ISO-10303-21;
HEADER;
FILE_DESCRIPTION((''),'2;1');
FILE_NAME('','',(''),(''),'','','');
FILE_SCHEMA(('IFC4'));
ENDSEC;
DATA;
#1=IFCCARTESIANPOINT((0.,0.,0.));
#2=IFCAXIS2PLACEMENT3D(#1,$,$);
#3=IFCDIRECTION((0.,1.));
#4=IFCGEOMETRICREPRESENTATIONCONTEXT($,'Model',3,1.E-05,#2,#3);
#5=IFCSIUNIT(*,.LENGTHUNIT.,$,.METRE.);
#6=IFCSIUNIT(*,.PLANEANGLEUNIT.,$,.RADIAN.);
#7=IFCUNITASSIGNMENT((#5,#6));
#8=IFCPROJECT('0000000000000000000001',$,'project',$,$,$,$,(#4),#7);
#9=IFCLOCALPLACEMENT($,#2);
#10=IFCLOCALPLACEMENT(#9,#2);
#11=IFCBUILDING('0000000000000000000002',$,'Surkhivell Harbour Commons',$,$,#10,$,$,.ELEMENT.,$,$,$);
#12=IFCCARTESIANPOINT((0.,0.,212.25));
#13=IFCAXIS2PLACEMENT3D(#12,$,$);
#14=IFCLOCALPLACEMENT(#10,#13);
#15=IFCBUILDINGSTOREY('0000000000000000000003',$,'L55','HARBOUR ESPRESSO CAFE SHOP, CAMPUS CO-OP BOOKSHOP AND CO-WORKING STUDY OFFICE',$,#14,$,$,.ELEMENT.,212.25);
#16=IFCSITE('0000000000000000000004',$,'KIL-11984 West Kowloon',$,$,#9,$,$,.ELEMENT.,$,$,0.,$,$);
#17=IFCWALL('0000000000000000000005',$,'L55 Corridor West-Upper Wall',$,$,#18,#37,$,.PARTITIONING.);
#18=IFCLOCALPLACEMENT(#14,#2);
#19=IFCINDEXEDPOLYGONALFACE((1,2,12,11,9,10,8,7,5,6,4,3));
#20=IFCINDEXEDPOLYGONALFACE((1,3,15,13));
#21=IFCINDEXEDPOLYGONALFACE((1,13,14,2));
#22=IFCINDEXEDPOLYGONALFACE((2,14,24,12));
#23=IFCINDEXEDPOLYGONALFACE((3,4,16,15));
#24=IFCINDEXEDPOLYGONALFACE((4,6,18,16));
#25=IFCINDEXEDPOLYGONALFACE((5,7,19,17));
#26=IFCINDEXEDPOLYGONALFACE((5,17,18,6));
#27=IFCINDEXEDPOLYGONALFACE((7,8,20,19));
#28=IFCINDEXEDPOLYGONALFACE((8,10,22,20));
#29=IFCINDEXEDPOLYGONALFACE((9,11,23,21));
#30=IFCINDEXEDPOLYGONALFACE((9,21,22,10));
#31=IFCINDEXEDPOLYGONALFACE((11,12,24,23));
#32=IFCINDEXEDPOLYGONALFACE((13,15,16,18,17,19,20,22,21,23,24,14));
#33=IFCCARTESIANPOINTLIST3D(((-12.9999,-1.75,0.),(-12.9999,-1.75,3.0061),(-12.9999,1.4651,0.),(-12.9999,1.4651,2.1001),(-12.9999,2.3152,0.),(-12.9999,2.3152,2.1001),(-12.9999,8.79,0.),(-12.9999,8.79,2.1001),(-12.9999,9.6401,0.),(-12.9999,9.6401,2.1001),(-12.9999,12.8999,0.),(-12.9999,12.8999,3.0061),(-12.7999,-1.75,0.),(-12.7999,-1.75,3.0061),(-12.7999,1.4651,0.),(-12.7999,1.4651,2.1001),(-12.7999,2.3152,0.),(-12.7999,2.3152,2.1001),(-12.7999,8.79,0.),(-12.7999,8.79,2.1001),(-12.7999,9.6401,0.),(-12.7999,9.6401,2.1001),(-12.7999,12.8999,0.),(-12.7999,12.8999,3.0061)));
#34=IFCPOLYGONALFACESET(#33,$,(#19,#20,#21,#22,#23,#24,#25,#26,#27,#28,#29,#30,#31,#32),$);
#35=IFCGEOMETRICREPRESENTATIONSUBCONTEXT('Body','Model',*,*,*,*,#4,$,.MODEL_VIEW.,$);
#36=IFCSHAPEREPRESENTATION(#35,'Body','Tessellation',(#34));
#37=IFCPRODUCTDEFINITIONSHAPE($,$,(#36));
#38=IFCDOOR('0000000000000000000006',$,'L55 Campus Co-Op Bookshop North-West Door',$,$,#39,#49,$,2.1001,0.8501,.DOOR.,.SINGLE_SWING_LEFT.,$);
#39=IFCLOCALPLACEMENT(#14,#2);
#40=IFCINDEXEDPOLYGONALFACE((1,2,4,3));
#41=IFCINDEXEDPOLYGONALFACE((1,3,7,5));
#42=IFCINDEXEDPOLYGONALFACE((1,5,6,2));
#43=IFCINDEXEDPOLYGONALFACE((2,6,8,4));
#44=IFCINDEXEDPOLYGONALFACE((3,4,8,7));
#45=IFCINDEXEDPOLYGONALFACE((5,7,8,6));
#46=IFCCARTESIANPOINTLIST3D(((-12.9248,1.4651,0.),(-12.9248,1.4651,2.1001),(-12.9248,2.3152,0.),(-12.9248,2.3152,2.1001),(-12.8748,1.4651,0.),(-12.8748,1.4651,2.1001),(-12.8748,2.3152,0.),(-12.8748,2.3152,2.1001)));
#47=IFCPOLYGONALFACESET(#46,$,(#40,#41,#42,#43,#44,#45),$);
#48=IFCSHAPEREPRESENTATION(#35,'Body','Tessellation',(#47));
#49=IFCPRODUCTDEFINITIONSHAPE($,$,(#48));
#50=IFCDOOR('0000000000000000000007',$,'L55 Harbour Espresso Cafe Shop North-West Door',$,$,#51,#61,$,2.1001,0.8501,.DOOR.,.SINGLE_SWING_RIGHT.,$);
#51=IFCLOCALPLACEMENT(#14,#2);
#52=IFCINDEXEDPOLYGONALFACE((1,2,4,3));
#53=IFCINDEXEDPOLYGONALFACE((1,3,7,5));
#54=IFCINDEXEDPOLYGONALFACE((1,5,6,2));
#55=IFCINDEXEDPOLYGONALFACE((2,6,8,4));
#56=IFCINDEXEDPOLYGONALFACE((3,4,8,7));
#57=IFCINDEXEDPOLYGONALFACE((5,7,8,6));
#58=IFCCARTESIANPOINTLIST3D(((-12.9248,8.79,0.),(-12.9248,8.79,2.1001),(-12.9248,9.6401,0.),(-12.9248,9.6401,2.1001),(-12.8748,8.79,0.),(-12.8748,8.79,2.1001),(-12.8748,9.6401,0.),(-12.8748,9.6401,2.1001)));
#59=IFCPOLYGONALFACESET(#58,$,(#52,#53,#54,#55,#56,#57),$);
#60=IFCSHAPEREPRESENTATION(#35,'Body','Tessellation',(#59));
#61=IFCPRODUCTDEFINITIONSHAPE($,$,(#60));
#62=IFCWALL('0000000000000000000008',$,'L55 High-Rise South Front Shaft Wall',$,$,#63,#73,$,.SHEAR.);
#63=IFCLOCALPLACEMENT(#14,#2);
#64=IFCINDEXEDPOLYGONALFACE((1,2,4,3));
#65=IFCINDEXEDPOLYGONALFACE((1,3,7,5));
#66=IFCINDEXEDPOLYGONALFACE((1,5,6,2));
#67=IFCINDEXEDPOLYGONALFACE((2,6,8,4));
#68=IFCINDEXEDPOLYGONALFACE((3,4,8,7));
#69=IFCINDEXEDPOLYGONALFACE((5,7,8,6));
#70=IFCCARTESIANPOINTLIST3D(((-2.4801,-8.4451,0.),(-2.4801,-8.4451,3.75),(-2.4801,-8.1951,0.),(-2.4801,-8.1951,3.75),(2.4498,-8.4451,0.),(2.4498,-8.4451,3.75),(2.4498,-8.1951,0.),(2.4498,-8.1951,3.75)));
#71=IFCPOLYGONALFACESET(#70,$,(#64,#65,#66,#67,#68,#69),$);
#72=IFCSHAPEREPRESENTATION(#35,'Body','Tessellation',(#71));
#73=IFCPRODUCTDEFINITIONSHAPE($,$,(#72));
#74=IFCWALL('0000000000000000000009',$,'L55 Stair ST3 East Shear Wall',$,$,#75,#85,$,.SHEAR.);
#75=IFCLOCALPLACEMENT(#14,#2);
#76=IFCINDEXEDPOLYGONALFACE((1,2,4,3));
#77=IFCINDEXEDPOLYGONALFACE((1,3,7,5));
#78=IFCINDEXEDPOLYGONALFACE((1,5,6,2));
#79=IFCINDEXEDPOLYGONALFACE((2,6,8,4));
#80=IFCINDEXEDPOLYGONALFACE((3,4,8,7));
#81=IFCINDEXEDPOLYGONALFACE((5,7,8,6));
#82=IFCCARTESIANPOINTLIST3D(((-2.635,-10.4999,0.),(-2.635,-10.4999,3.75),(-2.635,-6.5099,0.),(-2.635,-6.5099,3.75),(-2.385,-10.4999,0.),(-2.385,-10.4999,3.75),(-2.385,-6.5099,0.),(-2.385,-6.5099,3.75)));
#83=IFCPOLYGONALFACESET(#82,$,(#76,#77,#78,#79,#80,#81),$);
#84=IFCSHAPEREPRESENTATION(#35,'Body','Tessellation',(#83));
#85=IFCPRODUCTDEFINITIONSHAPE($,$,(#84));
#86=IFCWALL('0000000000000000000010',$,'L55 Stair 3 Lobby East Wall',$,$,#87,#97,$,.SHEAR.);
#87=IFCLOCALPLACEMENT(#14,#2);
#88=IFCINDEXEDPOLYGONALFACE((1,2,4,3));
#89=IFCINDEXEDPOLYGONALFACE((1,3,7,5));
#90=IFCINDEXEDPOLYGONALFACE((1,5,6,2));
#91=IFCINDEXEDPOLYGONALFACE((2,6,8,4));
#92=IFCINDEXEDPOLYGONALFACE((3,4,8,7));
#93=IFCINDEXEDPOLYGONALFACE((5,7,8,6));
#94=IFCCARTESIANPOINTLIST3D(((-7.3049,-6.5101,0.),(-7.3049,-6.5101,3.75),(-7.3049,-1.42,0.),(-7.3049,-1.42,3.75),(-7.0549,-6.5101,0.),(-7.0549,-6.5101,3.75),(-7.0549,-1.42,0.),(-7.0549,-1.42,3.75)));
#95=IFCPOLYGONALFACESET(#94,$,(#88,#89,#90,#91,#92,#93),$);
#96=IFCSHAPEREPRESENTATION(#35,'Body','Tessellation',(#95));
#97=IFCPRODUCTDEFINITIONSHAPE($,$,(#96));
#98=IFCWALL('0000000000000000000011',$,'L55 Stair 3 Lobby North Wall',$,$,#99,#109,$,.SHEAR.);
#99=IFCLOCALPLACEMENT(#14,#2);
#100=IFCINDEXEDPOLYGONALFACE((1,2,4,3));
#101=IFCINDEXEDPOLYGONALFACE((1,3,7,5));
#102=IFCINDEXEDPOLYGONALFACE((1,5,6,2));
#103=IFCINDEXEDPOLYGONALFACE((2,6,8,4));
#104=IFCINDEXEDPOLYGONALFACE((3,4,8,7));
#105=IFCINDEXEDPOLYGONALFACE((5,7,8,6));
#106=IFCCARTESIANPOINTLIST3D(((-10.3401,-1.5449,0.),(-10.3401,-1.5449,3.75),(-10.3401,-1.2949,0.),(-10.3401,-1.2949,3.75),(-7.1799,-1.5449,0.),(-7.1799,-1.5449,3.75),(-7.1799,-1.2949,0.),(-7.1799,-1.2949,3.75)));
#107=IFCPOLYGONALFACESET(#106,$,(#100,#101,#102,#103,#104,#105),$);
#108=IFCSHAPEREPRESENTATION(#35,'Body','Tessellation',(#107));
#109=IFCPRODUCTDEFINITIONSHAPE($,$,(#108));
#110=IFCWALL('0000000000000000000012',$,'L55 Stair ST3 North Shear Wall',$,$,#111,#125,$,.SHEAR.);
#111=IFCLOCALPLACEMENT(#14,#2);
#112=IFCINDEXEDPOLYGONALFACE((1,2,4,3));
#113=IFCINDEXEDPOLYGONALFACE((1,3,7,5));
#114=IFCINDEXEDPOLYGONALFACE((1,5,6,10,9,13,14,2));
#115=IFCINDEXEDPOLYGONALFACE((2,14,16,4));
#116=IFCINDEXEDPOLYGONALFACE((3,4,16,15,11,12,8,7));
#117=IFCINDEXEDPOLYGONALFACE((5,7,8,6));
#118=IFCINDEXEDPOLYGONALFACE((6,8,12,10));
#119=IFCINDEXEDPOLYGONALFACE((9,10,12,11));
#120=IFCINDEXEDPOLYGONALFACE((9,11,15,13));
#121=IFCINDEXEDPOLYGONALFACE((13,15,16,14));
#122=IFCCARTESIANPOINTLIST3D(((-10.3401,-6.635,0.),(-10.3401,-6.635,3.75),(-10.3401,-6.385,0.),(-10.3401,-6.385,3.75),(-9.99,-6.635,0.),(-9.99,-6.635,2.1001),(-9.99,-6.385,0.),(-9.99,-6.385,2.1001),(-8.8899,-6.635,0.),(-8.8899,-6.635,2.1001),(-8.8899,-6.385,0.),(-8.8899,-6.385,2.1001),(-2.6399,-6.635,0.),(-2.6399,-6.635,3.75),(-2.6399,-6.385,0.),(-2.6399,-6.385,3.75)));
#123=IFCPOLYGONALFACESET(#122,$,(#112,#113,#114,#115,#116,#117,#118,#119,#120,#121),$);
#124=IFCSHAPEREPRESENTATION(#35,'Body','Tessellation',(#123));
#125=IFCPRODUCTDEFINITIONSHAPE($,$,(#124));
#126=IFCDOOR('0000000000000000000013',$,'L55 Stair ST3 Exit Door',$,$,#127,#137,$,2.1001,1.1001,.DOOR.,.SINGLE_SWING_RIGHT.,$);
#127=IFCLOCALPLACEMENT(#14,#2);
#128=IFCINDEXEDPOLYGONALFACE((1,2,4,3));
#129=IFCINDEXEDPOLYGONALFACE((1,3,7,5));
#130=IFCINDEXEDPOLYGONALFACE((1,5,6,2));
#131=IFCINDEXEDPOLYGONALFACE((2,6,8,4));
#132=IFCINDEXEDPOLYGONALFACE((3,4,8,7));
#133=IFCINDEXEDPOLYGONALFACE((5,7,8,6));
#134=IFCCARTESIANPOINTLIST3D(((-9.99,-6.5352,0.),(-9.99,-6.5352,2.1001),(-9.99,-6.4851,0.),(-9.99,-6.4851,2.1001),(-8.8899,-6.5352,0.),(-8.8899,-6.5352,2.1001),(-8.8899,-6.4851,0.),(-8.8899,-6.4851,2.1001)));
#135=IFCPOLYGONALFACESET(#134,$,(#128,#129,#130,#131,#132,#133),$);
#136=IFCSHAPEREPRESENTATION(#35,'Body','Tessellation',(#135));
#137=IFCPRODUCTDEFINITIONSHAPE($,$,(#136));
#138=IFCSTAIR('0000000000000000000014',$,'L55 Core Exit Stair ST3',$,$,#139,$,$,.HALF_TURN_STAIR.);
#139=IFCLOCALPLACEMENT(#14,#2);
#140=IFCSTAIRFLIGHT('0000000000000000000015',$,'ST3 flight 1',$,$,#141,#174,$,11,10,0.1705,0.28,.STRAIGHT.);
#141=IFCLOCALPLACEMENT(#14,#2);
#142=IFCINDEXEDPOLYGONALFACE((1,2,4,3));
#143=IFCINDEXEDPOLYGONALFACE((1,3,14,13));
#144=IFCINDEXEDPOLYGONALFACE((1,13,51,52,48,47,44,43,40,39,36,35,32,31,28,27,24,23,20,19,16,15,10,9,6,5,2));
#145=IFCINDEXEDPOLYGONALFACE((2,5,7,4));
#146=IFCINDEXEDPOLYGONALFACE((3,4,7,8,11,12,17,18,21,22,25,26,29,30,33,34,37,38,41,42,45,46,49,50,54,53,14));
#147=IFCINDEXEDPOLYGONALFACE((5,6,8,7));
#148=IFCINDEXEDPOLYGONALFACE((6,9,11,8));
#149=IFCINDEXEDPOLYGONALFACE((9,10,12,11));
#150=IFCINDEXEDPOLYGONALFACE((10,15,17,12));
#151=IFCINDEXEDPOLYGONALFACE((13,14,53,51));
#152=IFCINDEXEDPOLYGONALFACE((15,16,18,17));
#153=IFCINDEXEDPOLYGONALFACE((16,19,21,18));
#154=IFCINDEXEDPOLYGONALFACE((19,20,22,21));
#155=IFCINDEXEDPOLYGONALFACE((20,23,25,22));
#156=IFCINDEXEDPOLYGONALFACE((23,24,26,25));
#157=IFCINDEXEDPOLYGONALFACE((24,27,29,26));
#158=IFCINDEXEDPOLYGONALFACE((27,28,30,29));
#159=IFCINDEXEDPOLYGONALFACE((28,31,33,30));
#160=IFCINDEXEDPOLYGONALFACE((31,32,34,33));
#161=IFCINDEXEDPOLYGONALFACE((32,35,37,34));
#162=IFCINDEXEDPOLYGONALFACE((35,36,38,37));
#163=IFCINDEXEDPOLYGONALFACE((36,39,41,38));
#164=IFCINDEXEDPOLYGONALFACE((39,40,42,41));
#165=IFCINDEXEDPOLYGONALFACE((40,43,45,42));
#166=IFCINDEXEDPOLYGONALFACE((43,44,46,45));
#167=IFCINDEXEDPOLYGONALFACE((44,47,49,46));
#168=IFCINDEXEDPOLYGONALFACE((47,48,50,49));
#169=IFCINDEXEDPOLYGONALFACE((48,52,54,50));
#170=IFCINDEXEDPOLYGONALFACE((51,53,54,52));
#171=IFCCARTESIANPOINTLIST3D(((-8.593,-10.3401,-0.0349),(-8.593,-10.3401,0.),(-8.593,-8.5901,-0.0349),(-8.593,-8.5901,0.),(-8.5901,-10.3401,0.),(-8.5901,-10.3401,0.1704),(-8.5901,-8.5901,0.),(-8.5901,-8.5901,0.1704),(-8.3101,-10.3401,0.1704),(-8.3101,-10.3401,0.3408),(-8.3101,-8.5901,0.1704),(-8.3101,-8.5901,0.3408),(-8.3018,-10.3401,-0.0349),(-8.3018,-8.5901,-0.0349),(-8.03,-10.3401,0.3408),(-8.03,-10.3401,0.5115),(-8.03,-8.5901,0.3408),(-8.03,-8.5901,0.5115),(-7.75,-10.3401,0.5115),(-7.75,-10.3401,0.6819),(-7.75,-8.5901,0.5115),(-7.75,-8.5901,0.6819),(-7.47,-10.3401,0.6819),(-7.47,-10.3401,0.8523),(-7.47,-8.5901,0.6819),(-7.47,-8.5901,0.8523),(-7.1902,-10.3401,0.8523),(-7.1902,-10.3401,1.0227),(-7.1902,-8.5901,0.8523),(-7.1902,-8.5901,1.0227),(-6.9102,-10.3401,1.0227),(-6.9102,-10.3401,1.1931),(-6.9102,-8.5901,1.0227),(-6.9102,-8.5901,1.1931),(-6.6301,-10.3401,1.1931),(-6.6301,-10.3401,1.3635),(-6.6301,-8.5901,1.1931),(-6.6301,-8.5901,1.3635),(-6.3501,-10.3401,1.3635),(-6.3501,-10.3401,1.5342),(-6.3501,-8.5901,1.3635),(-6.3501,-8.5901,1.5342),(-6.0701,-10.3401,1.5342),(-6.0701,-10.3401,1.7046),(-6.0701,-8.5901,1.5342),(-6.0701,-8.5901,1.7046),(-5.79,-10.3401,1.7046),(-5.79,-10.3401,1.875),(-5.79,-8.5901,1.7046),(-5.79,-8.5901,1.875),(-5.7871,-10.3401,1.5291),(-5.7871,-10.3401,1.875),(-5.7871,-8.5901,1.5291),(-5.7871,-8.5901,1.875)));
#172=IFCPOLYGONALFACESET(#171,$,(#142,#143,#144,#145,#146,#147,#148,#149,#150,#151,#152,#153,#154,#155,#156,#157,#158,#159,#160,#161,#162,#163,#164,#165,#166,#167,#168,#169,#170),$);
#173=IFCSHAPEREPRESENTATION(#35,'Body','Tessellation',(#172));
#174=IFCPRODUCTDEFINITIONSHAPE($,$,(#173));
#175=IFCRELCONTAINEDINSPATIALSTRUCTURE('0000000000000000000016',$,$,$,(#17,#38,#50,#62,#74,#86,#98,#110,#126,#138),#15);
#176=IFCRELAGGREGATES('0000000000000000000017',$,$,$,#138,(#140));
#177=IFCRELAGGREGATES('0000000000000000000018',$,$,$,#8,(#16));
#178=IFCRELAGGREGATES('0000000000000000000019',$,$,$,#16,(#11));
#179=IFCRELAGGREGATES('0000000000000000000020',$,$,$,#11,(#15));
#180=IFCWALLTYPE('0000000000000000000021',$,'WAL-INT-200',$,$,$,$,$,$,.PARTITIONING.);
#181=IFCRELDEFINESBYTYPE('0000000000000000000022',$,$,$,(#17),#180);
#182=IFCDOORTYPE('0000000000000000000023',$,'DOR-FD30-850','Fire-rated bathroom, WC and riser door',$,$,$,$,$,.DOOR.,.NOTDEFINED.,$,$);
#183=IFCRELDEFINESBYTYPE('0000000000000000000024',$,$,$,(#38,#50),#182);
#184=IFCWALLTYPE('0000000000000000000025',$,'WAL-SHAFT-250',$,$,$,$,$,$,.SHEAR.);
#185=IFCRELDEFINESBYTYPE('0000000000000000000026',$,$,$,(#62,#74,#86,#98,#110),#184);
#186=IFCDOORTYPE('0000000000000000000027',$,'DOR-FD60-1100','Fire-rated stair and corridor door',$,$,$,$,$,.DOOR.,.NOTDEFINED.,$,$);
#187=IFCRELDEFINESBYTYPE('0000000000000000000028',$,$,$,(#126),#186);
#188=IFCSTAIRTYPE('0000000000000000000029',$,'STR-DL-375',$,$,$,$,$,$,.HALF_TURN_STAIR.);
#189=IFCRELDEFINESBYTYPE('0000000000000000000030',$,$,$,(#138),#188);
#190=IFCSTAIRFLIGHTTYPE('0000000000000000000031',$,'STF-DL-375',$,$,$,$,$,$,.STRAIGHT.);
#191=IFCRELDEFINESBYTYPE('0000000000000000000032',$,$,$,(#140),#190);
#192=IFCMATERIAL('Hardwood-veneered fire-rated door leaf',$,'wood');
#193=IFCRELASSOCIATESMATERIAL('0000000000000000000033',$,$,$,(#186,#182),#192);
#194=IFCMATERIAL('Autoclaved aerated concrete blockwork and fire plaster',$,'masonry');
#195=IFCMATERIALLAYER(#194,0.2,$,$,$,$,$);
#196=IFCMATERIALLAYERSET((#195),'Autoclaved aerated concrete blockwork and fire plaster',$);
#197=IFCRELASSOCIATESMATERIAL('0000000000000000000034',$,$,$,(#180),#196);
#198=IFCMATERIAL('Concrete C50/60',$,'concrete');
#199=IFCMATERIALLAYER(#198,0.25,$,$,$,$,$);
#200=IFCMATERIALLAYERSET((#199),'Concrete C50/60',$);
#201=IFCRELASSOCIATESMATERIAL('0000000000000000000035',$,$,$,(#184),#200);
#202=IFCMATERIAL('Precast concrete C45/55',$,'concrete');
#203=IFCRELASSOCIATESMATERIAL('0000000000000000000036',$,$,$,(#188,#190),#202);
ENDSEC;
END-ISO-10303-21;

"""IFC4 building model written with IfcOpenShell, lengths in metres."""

from ifc_helpers import new_model, si_unit, direction, frame, frame_2d, origin, place, context, subcontext, project, spatial, polyline, rectangle, outline, extrude, material, layer, layer_set, type_object, element, fill, aggregate, save


model = new_model("IFC4")

# Units and contexts
model_context = context("Model", 3, precision=1e-05, world=origin(), true_north=direction((0.0, 1.0)))
body_context = subcontext(model_context, "Body", "Model", "MODEL_VIEW")
ifc_project = project(units=[si_unit("LENGTHUNIT", "METRE"), si_unit("PLANEANGLEUNIT", "RADIAN")], contexts=[model_context])

# Site, building, storey
site_placement = place(None, origin())
site = spatial("IfcSite", under=ifc_project, at=site_placement, Name="KIL-11984 West Kowloon", CompositionType="ELEMENT", RefElevation=0.0)
building_placement = place(site_placement, origin())
building = spatial("IfcBuilding", under=site, at=building_placement, Name="Surkhivell Harbour Commons", CompositionType="ELEMENT")
storey_placement = place(building_placement, frame((0.0, 0.0, 212.25)))
storey = spatial("IfcBuildingStorey", under=building, at=storey_placement, Name="L55", Description="HARBOUR ESPRESSO CAFE SHOP, CAMPUS CO-OP BOOKSHOP AND CO-WORKING STUDY OFFICE", CompositionType="ELEMENT", Elevation=212.25)

# Shared definitions
ifc_material_1 = material(Name="Hardwood-veneered fire-rated door leaf", Category="wood")
door_type_1 = type_object("IfcDoorType", Name="DOR-FD60-1100", Description="Fire-rated stair and corridor door", OperationType="NOTDEFINED", PredefinedType="DOOR", material=ifc_material_1)

# Shared definitions
door_type_2 = type_object("IfcDoorType", Name="DOR-FD30-850", Description="Fire-rated bathroom, WC and riser door", OperationType="NOTDEFINED", PredefinedType="DOOR", material=ifc_material_1)

# Wall, openings, doors
ifc_material_2 = material(Name="Autoclaved aerated concrete blockwork and fire plaster", Category="masonry")
ifc_layer_1 = layer(ifc_material_2, 0.2)
ifc_layer_set_1 = layer_set([ifc_layer_1], Name="Autoclaved aerated concrete blockwork and fire plaster")
wall_type_1 = type_object("IfcWallType", Name="WAL-INT-200", PredefinedType="PARTITIONING", material=ifc_layer_set_1)
wall_1_placement = place(storey_placement, frame((-12.8999, -1.75, 0.0), z_axis=(0.0, 0.0, 1.0), x_axis=(0.0, 1.0, 0.0)))
wall_1 = element("IfcWall", 1, at=wall_1_placement, inside=storey, type_object=wall_type_1, Name="L55 Corridor West-Upper Wall", PredefinedType="PARTITIONING", context=body_context, shape_type="SweptSolid", body=[
    extrude(rectangle(XDim=14.6499, YDim=0.2, at=frame_2d((7.325, 0.0))), origin(), (0.0, 0.0, 1.0), 3.0061),
])
opening_1_placement = place(wall_1_placement, frame((3.2151, 0.0, 0.0)))
opening_1 = element("IfcOpeningElement", 2, at=opening_1_placement, cuts=wall_1, PredefinedType="OPENING", context=body_context, shape_type="SweptSolid", body=[
    extrude(rectangle(XDim=0.8501, YDim=2.1001, at=frame_2d((0.425, 1.05))), frame((0.0, 0.1099, 0.0), z_axis=(0.0, -1.0, 0.0), x_axis=(1.0, 0.0, 0.0)), (0.0, 0.0, 1.0), 0.22),
])
opening_2_placement = place(wall_1_placement, frame((10.54, 0.0, 0.0)))
opening_2 = element("IfcOpeningElement", 3, at=opening_2_placement, cuts=wall_1, PredefinedType="OPENING", context=body_context, shape_type="SweptSolid", body=[
    extrude(rectangle(XDim=0.8501, YDim=2.1001, at=frame_2d((0.425, 1.05))), frame((0.0, 0.1099, 0.0), z_axis=(0.0, -1.0, 0.0), x_axis=(1.0, 0.0, 0.0)), (0.0, 0.0, 1.0), 0.22),
])
door_1_placement = place(opening_1_placement, origin())
door_1 = element("IfcDoor", 4, at=door_1_placement, inside=storey, type_object=door_type_2, Name="L55 Campus Co-Op Bookshop North-West Door", OperationType="SINGLE_SWING_LEFT", OverallHeight=2.1001, OverallWidth=0.8501, PredefinedType="DOOR", context=body_context, shape_type="SweptSolid", body=[
    extrude(rectangle(XDim=0.8501, YDim=2.1001, at=frame_2d((0.425, 1.05))), frame((0.0, 0.0249, 0.0), z_axis=(0.0, -1.0, 0.0), x_axis=(1.0, 0.0, 0.0)), (0.0, 0.0, 1.0), 0.05),
])
fill(opening_1, door_1)
door_2_placement = place(opening_2_placement, origin())
door_2 = element("IfcDoor", 5, at=door_2_placement, inside=storey, type_object=door_type_2, Name="L55 Harbour Espresso Cafe Shop North-West Door", OperationType="SINGLE_SWING_RIGHT", OverallHeight=2.1001, OverallWidth=0.8501, PredefinedType="DOOR", context=body_context, shape_type="SweptSolid", body=[
    extrude(rectangle(XDim=0.8501, YDim=2.1001, at=frame_2d((0.425, 1.05))), frame((0.0, 0.0249, 0.0), z_axis=(0.0, -1.0, 0.0), x_axis=(1.0, 0.0, 0.0)), (0.0, 0.0, 1.0), 0.05),
])
fill(opening_2, door_2)

# Walls
ifc_material_3 = material(Name="Concrete C50/60", Category="concrete")
ifc_layer_2 = layer(ifc_material_3, 0.25)
ifc_layer_set_2 = layer_set([ifc_layer_2], Name="Concrete C50/60")
wall_type_2 = type_object("IfcWallType", Name="WAL-SHAFT-250", PredefinedType="SHEAR", material=ifc_layer_set_2)
wall_2_placement = place(storey_placement, frame((-2.48, -8.3201, 0.0), z_axis=(0.0, 0.0, 1.0), x_axis=(1.0, 0.0, 0.0)))
element("IfcWall", 6, at=wall_2_placement, inside=storey, type_object=wall_type_2, Name="L55 High-Rise South Front Shaft Wall", PredefinedType="SHEAR", context=body_context, shape_type="SweptSolid", body=[
    extrude(rectangle(XDim=4.9299, YDim=0.25, at=frame_2d((2.4648, 0.0))), origin(), (0.0, 0.0, 1.0), 3.75),
])
wall_3_placement = place(storey_placement, frame((-2.51, -10.5, 0.0), z_axis=(0.0, 0.0, 1.0), x_axis=(0.0, 1.0, 0.0)))
element("IfcWall", 7, at=wall_3_placement, inside=storey, type_object=wall_type_2, Name="L55 Stair ST3 East Shear Wall", PredefinedType="SHEAR", context=body_context, shape_type="SweptSolid", body=[
    extrude(rectangle(XDim=3.99, YDim=0.25, at=frame_2d((1.9951, 0.0))), origin(), (0.0, 0.0, 1.0), 3.75),
])
wall_4_placement = place(storey_placement, frame((-7.1799, -6.51, 0.0), z_axis=(0.0, 0.0, 1.0), x_axis=(0.0, 1.0, 0.0)))
element("IfcWall", 8, at=wall_4_placement, inside=storey, type_object=wall_type_2, Name="L55 Stair 3 Lobby East Wall", PredefinedType="SHEAR", context=body_context, shape_type="SweptSolid", body=[
    extrude(rectangle(XDim=5.0901, YDim=0.25, at=frame_2d((2.5449, 0.0))), origin(), (0.0, 0.0, 1.0), 3.75),
])
wall_5_placement = place(storey_placement, frame((-10.3401, -1.4199, 0.0), z_axis=(0.0, 0.0, 1.0), x_axis=(1.0, 0.0, 0.0)))
element("IfcWall", 9, at=wall_5_placement, inside=storey, type_object=wall_type_2, Name="L55 Stair 3 Lobby North Wall", PredefinedType="SHEAR", context=body_context, shape_type="SweptSolid", body=[
    extrude(rectangle(XDim=3.1602, YDim=0.25, at=frame_2d((1.5801, 0.0))), origin(), (0.0, 0.0, 1.0), 3.75),
])

# Wall, opening, door
wall_6_placement = place(storey_placement, frame((-10.3401, -6.51, 0.0), z_axis=(0.0, 0.0, 1.0), x_axis=(1.0, 0.0, 0.0)))
wall_6 = element("IfcWall", 10, at=wall_6_placement, inside=storey, type_object=wall_type_2, Name="L55 Stair ST3 North Shear Wall", PredefinedType="SHEAR", context=body_context, shape_type="SweptSolid", body=[
    extrude(rectangle(XDim=7.7002, YDim=0.25, at=frame_2d((3.8501, 0.0))), origin(), (0.0, 0.0, 1.0), 3.75),
])
opening_3_placement = place(wall_6_placement, frame((0.3501, 0.0, 0.0)))
opening_3 = element("IfcOpeningElement", 11, at=opening_3_placement, cuts=wall_6, PredefinedType="OPENING", context=body_context, shape_type="SweptSolid", body=[
    extrude(rectangle(XDim=1.1001, YDim=2.1001, at=frame_2d((0.55, 1.05))), frame((0.0, 0.135, 0.0), z_axis=(0.0, -1.0, 0.0), x_axis=(1.0, 0.0, 0.0)), (0.0, 0.0, 1.0), 0.27),
])
door_3_placement = place(opening_3_placement, origin())
door_3 = element("IfcDoor", 12, at=door_3_placement, inside=storey, type_object=door_type_1, Name="L55 Stair ST3 Exit Door", OperationType="SINGLE_SWING_RIGHT", OverallHeight=2.1001, OverallWidth=1.1001, PredefinedType="DOOR", context=body_context, shape_type="SweptSolid", body=[
    extrude(rectangle(XDim=1.1001, YDim=2.1001, at=frame_2d((0.55, 1.05))), frame((0.0, 0.0249, 0.0), z_axis=(0.0, -1.0, 0.0), x_axis=(1.0, 0.0, 0.0)), (0.0, 0.0, 1.0), 0.05),
])
fill(opening_3, door_3)

# Stair, stair flight
ifc_material_4 = material(Name="Precast concrete C45/55", Category="concrete")
stair_type = type_object("IfcStairType", Name="STR-DL-375", PredefinedType="HALF_TURN_STAIR", material=ifc_material_4)
stair_placement = place(storey_placement, origin())
stair = element("IfcStair", 13, at=stair_placement, inside=storey, type_object=stair_type, Name="L55 Core Exit Stair ST3", PredefinedType="HALF_TURN_STAIR")
stair_flight_type = type_object("IfcStairFlightType", Name="STF-DL-375", PredefinedType="STRAIGHT", material=ifc_material_4)
stair_flight_1_placement = place(storey_placement, frame((-8.5901, -9.4651, 0.0), z_axis=(0.0, 0.0, 1.0), x_axis=(1.0, 0.0, 0.0)))
stair_flight_1 = element("IfcStairFlight", 14, at=stair_flight_1_placement, type_object=stair_flight_type, Name="ST3 flight 1", NumberOfRisers=11, NumberOfTreads=10, PredefinedType="STRAIGHT", RiserHeight=0.1705, TreadLength=0.28, context=body_context, shape_type="SweptSolid", body=[
    extrude(outline(polyline([(-0.0029, -0.0349), (-0.0029, 0.0), (0.0, 0.0), (0.0, 0.1704), (0.28, 0.1704), (0.28, 0.3408), (0.5601, 0.3408), (0.5601, 0.5115), (0.8401, 0.5115), (0.8401, 0.6819), (1.1201, 0.6819), (1.1201, 0.8523), (1.3999, 0.8523), (1.3999, 1.0227), (1.6799, 1.0227), (1.6799, 1.1931), (1.96, 1.1931), (1.96, 1.3635), (2.24, 1.3635), (2.24, 1.5342), (2.52, 1.5342), (2.52, 1.7046), (2.8, 1.7046), (2.8, 1.875), (2.803, 1.875), (2.803, 1.5291), (0.2883, -0.0349), (-0.0029, -0.0349)])), frame((0.0, 0.875, 0.0), z_axis=(0.0, -1.0, 0.0), x_axis=(1.0, 0.0, 0.0)), (0.0, 0.0, 1.0), 1.75),
])
aggregate(stair, [stair_flight_1])

save(model, "model.ifc")
